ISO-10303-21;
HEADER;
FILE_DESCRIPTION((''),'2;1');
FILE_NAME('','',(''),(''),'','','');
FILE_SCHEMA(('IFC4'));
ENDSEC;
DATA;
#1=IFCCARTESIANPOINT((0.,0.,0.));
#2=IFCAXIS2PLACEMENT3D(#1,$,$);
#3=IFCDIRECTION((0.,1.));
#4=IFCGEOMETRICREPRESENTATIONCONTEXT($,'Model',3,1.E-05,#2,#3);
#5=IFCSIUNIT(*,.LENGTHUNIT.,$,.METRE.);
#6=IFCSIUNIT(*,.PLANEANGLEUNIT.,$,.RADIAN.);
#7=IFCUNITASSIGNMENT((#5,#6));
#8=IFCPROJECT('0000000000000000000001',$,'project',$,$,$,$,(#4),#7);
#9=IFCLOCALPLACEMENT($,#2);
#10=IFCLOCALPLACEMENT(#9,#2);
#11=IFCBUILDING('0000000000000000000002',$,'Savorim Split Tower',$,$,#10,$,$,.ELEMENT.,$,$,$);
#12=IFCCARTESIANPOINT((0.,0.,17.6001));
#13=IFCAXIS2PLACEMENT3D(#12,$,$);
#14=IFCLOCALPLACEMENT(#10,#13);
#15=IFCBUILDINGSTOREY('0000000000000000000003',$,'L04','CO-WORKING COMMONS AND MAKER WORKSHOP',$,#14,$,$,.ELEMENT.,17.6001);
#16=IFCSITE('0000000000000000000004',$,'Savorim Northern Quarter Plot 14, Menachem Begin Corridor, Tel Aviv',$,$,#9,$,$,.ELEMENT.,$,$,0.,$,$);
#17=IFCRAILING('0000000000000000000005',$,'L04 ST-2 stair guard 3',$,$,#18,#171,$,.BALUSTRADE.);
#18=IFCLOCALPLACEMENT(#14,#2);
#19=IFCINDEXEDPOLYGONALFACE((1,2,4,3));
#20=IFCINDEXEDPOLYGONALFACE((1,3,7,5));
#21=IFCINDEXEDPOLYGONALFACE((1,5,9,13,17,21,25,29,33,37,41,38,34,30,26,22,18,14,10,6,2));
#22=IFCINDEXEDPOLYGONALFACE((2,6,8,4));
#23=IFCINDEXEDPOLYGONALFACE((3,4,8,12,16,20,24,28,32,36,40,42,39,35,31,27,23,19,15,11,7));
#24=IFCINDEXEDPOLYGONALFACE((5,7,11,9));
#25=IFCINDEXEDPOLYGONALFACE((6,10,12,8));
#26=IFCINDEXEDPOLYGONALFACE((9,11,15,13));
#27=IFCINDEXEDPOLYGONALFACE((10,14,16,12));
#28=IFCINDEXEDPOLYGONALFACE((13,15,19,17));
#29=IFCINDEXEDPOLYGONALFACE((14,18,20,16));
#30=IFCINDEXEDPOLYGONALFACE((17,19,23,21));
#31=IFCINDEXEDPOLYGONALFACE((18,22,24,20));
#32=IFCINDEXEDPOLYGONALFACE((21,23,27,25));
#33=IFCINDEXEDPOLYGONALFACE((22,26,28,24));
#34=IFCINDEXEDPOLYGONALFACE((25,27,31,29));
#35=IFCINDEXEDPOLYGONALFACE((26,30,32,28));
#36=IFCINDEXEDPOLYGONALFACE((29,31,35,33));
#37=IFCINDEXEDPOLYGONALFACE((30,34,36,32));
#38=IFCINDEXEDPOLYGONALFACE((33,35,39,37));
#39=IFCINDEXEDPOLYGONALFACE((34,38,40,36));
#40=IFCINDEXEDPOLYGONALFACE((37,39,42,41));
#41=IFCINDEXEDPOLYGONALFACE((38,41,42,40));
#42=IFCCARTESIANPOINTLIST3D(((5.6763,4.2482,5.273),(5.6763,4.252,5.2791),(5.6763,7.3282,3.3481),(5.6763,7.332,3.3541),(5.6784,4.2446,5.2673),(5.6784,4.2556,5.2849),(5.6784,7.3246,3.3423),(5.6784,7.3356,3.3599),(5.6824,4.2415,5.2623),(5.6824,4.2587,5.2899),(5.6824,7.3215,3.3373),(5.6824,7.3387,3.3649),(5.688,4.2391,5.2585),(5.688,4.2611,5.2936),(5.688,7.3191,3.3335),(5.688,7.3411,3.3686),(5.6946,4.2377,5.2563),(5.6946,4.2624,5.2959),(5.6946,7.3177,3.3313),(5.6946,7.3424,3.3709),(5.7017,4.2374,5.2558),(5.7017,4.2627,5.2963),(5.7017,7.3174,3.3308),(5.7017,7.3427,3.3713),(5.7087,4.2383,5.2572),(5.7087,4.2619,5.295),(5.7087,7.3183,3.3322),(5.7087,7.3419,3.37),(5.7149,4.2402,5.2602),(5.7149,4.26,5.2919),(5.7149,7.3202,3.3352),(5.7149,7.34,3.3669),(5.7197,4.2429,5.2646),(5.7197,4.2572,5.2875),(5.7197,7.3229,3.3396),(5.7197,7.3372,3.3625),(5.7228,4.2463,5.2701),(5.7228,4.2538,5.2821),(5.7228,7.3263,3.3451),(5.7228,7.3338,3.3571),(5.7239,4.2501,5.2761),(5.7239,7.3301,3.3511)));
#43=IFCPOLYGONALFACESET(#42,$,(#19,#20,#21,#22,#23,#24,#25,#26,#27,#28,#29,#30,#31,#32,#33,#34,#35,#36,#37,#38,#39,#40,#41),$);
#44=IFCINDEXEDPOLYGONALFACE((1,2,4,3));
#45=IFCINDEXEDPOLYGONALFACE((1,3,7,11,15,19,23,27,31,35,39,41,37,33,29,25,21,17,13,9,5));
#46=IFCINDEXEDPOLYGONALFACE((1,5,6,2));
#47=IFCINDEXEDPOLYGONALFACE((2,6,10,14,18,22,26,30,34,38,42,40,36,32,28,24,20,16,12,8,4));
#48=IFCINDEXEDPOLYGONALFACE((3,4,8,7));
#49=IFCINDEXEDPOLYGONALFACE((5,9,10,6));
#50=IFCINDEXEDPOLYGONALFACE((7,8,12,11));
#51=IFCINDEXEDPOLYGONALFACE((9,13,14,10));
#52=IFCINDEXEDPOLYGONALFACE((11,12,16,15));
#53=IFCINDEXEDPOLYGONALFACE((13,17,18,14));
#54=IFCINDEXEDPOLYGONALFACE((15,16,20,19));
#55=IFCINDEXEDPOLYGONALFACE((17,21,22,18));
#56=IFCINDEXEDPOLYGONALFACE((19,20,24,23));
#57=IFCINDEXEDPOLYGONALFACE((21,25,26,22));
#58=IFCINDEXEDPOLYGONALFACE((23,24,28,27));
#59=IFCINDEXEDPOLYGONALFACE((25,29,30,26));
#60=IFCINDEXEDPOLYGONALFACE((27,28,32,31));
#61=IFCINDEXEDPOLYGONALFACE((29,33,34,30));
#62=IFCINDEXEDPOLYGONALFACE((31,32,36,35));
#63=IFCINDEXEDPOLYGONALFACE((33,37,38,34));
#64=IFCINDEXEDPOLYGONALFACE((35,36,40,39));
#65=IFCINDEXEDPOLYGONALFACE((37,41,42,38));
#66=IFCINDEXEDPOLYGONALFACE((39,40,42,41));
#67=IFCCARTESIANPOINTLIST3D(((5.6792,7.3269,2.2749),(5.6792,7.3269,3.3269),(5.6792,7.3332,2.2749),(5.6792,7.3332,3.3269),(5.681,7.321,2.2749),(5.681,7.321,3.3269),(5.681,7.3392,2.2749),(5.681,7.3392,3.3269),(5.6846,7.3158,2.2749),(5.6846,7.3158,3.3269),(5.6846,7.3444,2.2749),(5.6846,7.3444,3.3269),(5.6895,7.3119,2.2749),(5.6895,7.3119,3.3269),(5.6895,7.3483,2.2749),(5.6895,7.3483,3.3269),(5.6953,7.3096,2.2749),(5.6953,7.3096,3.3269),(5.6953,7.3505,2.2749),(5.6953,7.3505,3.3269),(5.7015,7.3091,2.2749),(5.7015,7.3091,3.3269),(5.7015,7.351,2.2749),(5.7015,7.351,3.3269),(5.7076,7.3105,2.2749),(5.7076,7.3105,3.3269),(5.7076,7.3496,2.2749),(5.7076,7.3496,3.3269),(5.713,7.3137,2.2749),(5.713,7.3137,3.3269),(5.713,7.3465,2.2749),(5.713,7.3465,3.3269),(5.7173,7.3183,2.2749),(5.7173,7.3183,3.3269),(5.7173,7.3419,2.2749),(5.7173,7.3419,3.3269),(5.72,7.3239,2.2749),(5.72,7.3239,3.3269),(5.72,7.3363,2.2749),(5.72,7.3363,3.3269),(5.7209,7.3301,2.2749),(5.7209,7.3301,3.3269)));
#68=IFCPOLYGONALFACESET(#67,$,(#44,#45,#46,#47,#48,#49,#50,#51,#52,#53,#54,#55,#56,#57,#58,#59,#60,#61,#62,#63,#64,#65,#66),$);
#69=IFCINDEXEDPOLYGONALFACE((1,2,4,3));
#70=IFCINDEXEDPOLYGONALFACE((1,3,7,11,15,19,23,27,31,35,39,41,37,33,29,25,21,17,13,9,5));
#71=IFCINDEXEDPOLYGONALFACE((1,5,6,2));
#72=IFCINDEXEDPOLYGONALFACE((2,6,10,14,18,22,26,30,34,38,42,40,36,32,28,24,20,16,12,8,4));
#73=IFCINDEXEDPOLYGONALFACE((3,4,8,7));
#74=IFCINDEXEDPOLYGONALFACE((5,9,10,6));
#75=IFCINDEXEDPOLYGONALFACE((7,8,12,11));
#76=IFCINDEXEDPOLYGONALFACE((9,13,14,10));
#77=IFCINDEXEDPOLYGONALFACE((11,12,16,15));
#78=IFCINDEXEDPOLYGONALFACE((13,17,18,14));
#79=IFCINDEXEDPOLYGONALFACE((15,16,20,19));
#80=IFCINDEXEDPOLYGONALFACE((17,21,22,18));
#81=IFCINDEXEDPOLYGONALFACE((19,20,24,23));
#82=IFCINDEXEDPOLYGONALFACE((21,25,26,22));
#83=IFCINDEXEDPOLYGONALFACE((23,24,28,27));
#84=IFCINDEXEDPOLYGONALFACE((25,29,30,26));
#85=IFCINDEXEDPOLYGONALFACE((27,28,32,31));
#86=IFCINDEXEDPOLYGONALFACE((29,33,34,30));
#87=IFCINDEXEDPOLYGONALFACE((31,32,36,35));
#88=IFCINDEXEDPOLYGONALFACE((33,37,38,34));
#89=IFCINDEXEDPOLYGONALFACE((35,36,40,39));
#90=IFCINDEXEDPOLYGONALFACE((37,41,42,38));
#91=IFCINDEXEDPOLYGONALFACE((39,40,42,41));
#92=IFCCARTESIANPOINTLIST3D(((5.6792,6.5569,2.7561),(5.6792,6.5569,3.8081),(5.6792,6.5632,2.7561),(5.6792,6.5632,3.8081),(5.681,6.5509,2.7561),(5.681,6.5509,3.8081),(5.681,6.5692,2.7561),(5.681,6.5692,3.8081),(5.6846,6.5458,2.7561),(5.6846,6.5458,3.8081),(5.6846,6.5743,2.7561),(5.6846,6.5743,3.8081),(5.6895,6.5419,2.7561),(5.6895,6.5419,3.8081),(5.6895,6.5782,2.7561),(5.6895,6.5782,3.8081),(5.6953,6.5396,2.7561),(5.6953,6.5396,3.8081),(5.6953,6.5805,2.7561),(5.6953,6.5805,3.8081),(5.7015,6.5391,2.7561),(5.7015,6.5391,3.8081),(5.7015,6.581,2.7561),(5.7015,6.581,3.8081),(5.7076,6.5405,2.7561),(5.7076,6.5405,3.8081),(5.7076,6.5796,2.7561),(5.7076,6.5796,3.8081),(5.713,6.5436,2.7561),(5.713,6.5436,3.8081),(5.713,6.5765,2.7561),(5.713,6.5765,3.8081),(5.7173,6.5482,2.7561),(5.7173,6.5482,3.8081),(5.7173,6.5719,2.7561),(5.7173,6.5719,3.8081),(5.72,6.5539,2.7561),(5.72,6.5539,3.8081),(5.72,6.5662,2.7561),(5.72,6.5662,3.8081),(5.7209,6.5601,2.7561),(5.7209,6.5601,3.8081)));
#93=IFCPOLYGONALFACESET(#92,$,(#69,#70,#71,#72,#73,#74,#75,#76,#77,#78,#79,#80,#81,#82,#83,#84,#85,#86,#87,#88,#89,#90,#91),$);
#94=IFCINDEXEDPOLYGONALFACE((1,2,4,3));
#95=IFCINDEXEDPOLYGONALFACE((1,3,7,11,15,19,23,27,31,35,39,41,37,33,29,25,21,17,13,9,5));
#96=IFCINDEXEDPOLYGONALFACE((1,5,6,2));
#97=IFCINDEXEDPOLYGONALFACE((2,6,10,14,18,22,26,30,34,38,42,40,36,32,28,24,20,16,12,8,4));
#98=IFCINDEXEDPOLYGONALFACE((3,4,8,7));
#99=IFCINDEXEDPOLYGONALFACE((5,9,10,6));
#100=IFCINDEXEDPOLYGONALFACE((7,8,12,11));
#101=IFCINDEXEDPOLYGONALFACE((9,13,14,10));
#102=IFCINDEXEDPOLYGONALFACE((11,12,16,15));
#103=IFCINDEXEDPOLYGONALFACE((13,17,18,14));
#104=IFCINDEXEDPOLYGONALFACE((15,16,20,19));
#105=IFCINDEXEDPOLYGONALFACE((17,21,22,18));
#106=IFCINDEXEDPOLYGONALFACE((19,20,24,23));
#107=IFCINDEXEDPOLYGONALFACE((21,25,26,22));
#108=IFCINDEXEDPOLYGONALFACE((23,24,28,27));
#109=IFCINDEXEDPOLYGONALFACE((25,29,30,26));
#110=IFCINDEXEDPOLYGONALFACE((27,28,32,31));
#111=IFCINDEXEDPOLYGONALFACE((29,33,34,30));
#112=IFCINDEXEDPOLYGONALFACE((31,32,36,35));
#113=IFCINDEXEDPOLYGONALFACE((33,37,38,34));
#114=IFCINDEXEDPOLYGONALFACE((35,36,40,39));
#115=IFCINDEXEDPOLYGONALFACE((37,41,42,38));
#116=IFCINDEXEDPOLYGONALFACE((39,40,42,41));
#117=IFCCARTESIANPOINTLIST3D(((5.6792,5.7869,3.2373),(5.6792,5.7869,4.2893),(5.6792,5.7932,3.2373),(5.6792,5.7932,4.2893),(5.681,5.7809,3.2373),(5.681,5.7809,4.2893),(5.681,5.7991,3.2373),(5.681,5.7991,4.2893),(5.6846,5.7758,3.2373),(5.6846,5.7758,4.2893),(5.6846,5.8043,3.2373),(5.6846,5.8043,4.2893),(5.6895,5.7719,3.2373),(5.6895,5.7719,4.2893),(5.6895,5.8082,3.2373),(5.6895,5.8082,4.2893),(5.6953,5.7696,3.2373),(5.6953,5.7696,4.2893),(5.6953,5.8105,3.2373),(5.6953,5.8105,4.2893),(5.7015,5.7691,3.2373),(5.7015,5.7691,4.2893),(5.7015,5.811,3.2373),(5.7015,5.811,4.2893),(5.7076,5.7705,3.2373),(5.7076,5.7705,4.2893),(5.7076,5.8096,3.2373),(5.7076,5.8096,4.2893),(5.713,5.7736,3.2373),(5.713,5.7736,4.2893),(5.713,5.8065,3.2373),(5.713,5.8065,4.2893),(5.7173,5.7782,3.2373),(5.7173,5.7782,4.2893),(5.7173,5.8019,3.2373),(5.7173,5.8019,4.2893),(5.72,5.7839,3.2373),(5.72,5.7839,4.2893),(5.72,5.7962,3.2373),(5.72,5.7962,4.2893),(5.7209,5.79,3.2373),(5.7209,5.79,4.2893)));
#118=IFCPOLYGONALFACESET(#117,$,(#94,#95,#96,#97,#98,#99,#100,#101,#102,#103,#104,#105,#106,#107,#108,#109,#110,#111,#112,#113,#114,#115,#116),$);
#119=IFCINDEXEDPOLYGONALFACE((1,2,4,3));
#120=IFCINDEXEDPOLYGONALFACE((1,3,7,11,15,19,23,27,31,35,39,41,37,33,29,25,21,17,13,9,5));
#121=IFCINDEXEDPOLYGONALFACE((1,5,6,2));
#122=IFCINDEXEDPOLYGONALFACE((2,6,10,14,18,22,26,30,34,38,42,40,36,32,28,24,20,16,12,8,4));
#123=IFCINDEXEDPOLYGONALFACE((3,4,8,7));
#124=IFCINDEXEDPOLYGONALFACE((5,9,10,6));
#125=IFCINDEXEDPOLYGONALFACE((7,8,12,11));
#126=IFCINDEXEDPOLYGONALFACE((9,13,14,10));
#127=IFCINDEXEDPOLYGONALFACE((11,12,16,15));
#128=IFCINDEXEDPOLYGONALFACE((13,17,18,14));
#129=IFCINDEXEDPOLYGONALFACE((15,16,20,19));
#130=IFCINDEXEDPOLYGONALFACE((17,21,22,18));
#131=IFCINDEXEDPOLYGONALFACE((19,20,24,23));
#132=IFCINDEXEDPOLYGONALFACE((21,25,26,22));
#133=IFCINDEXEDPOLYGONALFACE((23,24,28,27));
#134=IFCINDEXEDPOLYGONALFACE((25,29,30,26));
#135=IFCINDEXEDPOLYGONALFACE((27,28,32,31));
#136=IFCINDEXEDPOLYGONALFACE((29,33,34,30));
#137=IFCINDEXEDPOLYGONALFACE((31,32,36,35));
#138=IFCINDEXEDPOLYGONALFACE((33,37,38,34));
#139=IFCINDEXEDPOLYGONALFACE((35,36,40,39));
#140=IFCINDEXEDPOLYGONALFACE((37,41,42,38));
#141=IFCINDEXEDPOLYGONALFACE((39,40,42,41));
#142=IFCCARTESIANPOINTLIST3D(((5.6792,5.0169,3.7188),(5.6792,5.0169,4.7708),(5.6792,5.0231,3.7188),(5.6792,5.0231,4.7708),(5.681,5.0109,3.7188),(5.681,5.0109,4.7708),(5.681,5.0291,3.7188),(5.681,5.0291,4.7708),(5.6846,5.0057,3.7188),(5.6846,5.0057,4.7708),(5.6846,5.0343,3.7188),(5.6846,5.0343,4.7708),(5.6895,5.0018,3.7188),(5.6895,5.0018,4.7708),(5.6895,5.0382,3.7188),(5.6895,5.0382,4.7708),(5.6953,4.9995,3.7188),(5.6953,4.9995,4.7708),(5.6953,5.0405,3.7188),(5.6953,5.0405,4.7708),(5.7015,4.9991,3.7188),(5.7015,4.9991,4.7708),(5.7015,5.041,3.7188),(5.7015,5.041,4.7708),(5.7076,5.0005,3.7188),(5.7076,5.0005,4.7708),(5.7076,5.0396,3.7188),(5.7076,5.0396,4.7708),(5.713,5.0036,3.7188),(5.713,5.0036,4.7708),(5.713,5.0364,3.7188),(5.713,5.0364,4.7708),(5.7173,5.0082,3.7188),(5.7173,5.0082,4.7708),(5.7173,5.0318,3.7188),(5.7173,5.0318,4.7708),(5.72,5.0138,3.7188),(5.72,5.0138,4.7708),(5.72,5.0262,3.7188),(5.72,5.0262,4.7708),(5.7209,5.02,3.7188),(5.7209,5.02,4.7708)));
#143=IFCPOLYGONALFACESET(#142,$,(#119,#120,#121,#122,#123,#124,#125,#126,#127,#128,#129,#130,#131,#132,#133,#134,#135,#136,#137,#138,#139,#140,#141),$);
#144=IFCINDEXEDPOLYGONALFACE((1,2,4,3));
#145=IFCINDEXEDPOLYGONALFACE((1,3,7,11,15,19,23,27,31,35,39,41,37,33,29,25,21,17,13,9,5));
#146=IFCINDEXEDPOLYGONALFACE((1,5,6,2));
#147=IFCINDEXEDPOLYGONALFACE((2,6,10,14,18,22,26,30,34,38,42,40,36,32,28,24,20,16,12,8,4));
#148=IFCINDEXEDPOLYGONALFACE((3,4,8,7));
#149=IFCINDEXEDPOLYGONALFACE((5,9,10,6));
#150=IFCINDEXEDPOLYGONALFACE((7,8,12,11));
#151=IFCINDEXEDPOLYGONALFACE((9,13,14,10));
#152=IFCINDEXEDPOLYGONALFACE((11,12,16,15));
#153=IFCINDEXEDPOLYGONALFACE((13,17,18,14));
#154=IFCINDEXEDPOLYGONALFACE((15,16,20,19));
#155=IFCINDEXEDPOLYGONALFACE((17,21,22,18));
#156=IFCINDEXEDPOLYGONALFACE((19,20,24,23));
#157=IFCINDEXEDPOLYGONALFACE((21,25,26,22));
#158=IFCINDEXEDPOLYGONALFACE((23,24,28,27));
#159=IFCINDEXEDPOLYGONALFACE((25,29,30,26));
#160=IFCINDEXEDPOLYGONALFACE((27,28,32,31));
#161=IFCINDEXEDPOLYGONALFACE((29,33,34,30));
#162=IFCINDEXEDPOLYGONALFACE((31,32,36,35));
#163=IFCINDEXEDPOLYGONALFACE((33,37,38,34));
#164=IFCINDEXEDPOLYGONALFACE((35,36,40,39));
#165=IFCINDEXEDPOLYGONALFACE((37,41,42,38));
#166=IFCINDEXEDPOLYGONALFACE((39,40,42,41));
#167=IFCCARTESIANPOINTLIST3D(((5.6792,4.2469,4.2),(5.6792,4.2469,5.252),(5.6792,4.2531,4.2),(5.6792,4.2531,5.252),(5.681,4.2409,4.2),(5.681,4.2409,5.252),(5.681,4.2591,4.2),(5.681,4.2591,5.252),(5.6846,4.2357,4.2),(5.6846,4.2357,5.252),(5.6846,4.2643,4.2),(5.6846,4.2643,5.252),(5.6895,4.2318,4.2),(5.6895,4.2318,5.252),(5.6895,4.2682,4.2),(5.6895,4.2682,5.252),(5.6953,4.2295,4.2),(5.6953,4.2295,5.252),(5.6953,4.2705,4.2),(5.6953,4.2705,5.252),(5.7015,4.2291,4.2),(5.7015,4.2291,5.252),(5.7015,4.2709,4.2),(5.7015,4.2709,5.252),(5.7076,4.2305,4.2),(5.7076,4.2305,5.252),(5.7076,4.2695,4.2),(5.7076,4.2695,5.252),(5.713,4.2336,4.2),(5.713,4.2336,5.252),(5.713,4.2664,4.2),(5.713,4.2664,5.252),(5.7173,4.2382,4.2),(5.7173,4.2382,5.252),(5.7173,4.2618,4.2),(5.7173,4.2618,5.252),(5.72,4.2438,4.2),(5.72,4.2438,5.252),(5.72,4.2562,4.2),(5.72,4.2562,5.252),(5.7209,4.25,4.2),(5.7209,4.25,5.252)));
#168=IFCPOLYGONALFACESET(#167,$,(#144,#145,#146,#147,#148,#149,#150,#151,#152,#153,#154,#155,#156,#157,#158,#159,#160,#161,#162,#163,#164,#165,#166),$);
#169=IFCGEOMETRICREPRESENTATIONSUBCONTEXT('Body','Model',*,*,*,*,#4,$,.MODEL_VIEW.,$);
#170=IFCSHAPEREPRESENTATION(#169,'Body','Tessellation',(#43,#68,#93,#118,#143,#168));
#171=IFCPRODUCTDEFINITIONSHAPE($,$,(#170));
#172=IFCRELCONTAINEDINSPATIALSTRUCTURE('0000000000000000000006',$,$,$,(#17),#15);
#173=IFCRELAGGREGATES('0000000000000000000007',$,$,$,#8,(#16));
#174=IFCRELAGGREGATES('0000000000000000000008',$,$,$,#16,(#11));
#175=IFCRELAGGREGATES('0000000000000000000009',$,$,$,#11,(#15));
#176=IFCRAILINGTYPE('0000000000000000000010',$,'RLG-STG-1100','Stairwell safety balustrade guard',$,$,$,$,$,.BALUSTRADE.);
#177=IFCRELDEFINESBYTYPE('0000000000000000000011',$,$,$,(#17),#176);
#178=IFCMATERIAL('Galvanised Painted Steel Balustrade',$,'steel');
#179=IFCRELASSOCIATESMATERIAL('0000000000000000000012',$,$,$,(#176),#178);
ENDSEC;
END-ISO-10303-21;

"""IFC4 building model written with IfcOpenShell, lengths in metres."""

from ifc_helpers import new_model, si_unit, direction, frame, origin, origin_2d, place, context, subcontext, project, spatial, circle, extrude, material, type_object, element, save


model = new_model("IFC4")

# Units and contexts
model_context = context("Model", 3, precision=1e-05, world=origin(), true_north=direction((0.0, 1.0)))
body_context = subcontext(model_context, "Body", "Model", "MODEL_VIEW")
ifc_project = project(units=[si_unit("LENGTHUNIT", "METRE"), si_unit("PLANEANGLEUNIT", "RADIAN")], contexts=[model_context])

# Site, building, storey
site_placement = place(None, origin())
site = spatial("IfcSite", under=ifc_project, at=site_placement, Name="Savorim Northern Quarter Plot 14, Menachem Begin Corridor, Tel Aviv", CompositionType="ELEMENT", RefElevation=0.0)
building_placement = place(site_placement, origin())
building = spatial("IfcBuilding", under=site, at=building_placement, Name="Savorim Split Tower", CompositionType="ELEMENT")
storey_placement = place(building_placement, frame((0.0, 0.0, 17.6001)))
storey = spatial("IfcBuildingStorey", under=building, at=storey_placement, Name="L04", Description="CO-WORKING COMMONS AND MAKER WORKSHOP", CompositionType="ELEMENT", Elevation=17.6001)

# Railing
ifc_material_1 = material(Name="Galvanised Painted Steel Balustrade", Category="steel")
railing_type_1 = type_object("IfcRailingType", Name="RLG-STG-1100", Description="Stairwell safety balustrade guard", PredefinedType="BALUSTRADE", material=ifc_material_1)
railing_1_placement = place(storey_placement, frame((5.7, 7.3301, 2.2749)))
element("IfcRailing", 1, at=railing_1_placement, inside=storey, type_object=railing_type_1, Name="L04 ST-2 stair guard 3", PredefinedType="BALUSTRADE", context=body_context, shape_type="SweptSolid", body=[
    extrude(circle(Radius=0.0239, at=origin_2d()), frame((0.0, 0.0, 1.0762), z_axis=(0.0, -0.847998, 0.529999), x_axis=(1.0, 0.0, 0.0)), (0.0, 0.0, 1.0), 3.6321),
    extrude(circle(Radius=0.021, at=origin_2d()), origin(), (0.0, 0.0, 1.0), 1.052),
    extrude(circle(Radius=0.021, at=origin_2d()), frame((0.0, -0.77, 0.4812)), (0.0, 0.0, 1.0), 1.052),
    extrude(circle(Radius=0.021, at=origin_2d()), frame((0.0, -1.54, 0.9624)), (0.0, 0.0, 1.0), 1.052),
    extrude(circle(Radius=0.021, at=origin_2d()), frame((0.0, -2.3101, 1.4438)), (0.0, 0.0, 1.0), 1.052),
    extrude(circle(Radius=0.021, at=origin_2d()), frame((0.0, -3.0801, 1.925)), (0.0, 0.0, 1.0), 1.052),
])

save(model, "model.ifc")
